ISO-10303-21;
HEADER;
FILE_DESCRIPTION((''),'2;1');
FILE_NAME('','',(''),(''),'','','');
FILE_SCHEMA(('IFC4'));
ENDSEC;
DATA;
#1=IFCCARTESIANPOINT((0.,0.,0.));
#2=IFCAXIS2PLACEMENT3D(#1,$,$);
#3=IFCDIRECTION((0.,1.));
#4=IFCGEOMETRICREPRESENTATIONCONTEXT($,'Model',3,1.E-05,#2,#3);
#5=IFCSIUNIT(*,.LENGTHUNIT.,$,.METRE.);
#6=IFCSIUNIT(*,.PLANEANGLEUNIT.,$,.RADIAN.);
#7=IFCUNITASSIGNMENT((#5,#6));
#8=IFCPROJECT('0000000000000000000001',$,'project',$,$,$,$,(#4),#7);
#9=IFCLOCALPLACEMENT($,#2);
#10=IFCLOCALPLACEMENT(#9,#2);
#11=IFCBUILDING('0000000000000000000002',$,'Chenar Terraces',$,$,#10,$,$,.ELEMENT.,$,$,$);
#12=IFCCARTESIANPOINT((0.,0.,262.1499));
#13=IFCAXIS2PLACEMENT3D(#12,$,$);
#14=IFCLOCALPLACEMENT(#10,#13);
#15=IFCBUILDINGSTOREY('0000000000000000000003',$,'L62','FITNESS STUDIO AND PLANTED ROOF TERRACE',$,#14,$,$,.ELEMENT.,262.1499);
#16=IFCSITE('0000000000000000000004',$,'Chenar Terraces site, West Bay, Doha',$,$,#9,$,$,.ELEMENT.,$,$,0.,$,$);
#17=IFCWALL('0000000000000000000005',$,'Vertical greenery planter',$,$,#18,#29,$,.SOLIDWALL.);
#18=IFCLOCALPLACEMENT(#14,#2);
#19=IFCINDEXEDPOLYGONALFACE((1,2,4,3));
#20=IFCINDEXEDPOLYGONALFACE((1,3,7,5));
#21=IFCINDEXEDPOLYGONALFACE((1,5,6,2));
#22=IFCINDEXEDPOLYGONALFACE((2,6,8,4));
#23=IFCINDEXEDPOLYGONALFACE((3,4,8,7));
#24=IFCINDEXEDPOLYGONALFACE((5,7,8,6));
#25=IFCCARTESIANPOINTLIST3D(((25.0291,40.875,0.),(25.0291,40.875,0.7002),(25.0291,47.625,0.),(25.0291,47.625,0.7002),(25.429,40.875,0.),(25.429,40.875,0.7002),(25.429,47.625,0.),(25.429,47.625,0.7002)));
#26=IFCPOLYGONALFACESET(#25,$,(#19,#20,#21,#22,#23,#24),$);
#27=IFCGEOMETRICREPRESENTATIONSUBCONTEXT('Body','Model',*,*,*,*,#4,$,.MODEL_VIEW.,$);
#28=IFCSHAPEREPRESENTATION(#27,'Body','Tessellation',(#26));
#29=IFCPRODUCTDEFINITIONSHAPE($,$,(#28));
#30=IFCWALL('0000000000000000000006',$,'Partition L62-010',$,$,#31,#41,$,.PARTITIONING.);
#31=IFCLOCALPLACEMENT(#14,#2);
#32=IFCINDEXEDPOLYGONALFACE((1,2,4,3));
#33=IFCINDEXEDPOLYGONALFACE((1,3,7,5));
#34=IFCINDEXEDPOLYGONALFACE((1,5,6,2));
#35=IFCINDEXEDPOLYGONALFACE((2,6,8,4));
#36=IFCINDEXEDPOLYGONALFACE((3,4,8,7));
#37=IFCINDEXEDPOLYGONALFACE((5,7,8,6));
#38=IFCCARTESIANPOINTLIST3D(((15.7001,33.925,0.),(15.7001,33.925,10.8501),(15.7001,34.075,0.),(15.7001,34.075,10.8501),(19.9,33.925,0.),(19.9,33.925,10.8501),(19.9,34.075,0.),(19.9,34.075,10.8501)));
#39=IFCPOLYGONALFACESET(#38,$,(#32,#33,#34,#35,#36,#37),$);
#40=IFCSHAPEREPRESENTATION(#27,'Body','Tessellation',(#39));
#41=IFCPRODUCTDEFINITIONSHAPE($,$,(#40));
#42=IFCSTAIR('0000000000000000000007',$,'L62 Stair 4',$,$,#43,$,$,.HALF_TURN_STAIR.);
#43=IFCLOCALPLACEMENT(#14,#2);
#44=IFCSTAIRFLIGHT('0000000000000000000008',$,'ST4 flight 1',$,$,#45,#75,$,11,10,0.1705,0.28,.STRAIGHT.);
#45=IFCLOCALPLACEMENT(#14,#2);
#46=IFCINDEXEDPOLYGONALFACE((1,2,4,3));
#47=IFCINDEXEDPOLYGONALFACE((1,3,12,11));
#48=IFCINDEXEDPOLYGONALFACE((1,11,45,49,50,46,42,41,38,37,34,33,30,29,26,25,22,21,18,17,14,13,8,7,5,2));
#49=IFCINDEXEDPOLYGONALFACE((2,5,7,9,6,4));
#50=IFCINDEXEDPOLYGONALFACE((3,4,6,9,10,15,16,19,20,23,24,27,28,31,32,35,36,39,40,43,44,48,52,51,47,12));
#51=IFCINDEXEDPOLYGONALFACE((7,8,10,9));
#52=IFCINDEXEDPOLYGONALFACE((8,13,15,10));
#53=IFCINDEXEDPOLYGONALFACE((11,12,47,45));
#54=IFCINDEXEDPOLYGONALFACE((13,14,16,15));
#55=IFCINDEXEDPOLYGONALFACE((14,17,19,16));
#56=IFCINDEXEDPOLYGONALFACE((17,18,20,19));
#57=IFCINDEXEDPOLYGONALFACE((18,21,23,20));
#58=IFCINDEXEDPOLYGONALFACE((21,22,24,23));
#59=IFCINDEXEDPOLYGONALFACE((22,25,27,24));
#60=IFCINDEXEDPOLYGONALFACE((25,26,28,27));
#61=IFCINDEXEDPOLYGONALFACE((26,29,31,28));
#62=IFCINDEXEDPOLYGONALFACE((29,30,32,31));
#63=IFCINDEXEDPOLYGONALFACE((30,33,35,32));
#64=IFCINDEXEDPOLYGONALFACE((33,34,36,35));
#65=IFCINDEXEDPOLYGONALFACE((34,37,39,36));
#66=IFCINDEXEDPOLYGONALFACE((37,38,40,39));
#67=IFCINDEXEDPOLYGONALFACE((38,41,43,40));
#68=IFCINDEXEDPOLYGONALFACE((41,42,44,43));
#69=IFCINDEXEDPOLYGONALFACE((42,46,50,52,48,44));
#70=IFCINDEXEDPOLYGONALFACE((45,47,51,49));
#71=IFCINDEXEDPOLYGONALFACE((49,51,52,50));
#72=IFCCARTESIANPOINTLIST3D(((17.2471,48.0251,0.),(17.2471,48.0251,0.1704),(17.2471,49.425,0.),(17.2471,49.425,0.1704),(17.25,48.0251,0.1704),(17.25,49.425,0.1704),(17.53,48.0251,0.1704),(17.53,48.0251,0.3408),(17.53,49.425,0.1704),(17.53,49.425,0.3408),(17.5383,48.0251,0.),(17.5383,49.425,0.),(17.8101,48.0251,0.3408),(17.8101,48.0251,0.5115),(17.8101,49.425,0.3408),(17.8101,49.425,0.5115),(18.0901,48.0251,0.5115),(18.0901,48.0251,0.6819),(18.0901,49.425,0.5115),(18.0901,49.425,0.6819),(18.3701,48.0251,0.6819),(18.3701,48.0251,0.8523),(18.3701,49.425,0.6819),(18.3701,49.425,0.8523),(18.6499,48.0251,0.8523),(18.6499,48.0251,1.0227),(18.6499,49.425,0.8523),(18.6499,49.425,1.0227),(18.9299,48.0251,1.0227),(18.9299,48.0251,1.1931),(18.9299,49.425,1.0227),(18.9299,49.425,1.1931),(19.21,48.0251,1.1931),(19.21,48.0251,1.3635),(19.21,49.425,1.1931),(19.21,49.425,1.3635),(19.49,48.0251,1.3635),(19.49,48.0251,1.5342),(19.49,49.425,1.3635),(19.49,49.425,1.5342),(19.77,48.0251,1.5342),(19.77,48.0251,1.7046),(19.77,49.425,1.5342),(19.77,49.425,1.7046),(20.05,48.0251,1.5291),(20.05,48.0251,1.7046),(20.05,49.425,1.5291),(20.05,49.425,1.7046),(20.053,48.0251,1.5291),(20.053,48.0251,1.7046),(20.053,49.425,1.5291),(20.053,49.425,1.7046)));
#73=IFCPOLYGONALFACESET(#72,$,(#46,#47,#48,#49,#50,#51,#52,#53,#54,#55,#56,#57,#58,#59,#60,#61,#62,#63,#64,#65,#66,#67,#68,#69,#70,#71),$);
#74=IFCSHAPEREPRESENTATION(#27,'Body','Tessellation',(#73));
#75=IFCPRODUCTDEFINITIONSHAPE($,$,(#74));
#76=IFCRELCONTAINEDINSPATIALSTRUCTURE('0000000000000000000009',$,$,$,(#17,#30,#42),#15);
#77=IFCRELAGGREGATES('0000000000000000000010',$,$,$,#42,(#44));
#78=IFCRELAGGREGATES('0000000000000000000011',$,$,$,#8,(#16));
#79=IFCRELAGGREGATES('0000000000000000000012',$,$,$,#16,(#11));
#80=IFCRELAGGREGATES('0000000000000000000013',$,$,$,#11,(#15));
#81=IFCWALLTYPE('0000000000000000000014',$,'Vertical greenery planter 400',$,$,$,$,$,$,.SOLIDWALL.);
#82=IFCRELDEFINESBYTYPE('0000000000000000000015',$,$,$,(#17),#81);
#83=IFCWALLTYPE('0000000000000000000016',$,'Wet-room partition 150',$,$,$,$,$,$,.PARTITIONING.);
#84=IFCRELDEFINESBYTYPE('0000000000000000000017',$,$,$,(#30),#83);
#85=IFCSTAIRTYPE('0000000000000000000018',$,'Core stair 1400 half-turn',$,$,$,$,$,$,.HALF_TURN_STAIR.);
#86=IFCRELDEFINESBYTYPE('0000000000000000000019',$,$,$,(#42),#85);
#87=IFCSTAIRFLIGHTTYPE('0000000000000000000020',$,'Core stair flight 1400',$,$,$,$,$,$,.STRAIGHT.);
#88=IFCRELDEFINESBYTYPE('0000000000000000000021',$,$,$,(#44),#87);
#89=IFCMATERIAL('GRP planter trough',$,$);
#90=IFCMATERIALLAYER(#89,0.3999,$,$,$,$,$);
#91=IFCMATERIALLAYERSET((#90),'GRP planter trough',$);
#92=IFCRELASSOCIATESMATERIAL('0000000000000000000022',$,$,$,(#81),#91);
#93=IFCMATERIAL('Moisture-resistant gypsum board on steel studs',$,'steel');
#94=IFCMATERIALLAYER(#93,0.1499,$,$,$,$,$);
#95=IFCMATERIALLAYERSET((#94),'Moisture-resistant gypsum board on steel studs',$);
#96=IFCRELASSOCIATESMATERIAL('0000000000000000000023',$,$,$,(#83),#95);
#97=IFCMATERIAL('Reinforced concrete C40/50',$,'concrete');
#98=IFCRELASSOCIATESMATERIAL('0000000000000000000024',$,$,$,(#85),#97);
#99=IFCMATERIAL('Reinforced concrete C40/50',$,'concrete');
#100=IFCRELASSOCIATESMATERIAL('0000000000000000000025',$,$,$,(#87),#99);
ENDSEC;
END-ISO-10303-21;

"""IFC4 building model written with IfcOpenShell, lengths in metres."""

from ifc_helpers import new_model, si_unit, direction, frame, frame_2d, origin, place, context, subcontext, project, spatial, polyline, rectangle, outline, extrude, material, layer, layer_set, type_object, element, aggregate, save


model = new_model("IFC4")

# Units and contexts
model_context = context("Model", 3, precision=1e-05, world=origin(), true_north=direction((0.0, 1.0)))
body_context = subcontext(model_context, "Body", "Model", "MODEL_VIEW")
ifc_project = project(units=[si_unit("LENGTHUNIT", "METRE"), si_unit("PLANEANGLEUNIT", "RADIAN")], contexts=[model_context])

# Site, building, storey
site_placement = place(None, origin())
site = spatial("IfcSite", under=ifc_project, at=site_placement, Name="Chenar Terraces site, West Bay, Doha", CompositionType="ELEMENT", RefElevation=0.0)
building_placement = place(site_placement, origin())
building = spatial("IfcBuilding", under=site, at=building_placement, Name="Chenar Terraces", CompositionType="ELEMENT")
storey_placement = place(building_placement, frame((0.0, 0.0, 262.1499)))
storey = spatial("IfcBuildingStorey", under=building, at=storey_placement, Name="L62", Description="FITNESS STUDIO AND PLANTED ROOF TERRACE", CompositionType="ELEMENT", Elevation=262.1499)

# Shared definitions
placement = place(storey_placement, origin())

# Walls
ifc_material_1 = material(Name="GRP planter trough")
ifc_layer_1 = layer(ifc_material_1, 0.3999)
ifc_layer_set_1 = layer_set([ifc_layer_1], Name="GRP planter trough")
wall_type_1 = type_object("IfcWallType", Name="Vertical greenery planter 400", PredefinedType="SOLIDWALL", material=ifc_layer_set_1)
wall_1_placement = place(storey_placement, frame((25.229, 40.875, 0.0), z_axis=(0.0, 0.0, 1.0), x_axis=(0.0, 1.0, 0.0)))
element("IfcWall", 1, at=wall_1_placement, inside=storey, type_object=wall_type_1, Name="Vertical greenery planter", PredefinedType="SOLIDWALL", context=body_context, shape_type="SweptSolid", body=[
    extrude(rectangle(XDim=6.75, YDim=0.3999, at=frame_2d((3.375, 0.0))), origin(), (0.0, 0.0, 1.0), 0.7002),
])
ifc_material_2 = material(Name="Moisture-resistant gypsum board on steel studs", Category="steel")
ifc_layer_2 = layer(ifc_material_2, 0.1499)
ifc_layer_set_2 = layer_set([ifc_layer_2], Name="Moisture-resistant gypsum board on steel studs")
wall_type_2 = type_object("IfcWallType", Name="Wet-room partition 150", PredefinedType="PARTITIONING", material=ifc_layer_set_2)
wall_2_placement = place(storey_placement, frame((15.7, 34.0, 0.0), z_axis=(0.0, 0.0, 1.0), x_axis=(1.0, 0.0, 0.0)))
element("IfcWall", 2, at=wall_2_placement, inside=storey, type_object=wall_type_2, Name="Partition L62-010", PredefinedType="PARTITIONING", context=body_context, shape_type="SweptSolid", body=[
    extrude(rectangle(XDim=4.2, YDim=0.1499, at=frame_2d((2.1001, 0.0))), origin(), (0.0, 0.0, 1.0), 10.8501),
])

# Stair, stair flight
ifc_material_3 = material(Name="Reinforced concrete C40/50", Category="concrete")
stair_type = type_object("IfcStairType", Name="Core stair 1400 half-turn", PredefinedType="HALF_TURN_STAIR", material=ifc_material_3)
stair = element("IfcStair", 3, at=placement, inside=storey, type_object=stair_type, Name="L62 Stair 4", PredefinedType="HALF_TURN_STAIR")
ifc_material_4 = material(Name="Reinforced concrete C40/50", Category="concrete")
stair_flight_type = type_object("IfcStairFlightType", Name="Core stair flight 1400", PredefinedType="STRAIGHT", material=ifc_material_4)
stair_flight_placement = place(storey_placement, frame((17.25, 48.7251, 0.0), z_axis=(0.0, 0.0, 1.0), x_axis=(1.0, 0.0, 0.0)))
stair_flight = element("IfcStairFlight", 4, at=stair_flight_placement, type_object=stair_flight_type, Name="ST4 flight 1", NumberOfRisers=11, NumberOfTreads=10, PredefinedType="STRAIGHT", RiserHeight=0.1705, TreadLength=0.28, context=body_context, shape_type="SweptSolid", body=[
    extrude(outline(polyline([(-0.0029, 0.0), (-0.0029, 0.1704), (0.0, 0.1704), (0.28, 0.1704), (0.28, 0.3408), (0.5601, 0.3408), (0.5601, 0.5115), (0.8401, 0.5115), (0.8401, 0.6819), (1.1201, 0.6819), (1.1201, 0.8523), (1.3999, 0.8523), (1.3999, 1.0227), (1.6799, 1.0227), (1.6799, 1.1931), (1.96, 1.1931), (1.96, 1.3635), (2.24, 1.3635), (2.24, 1.5342), (2.52, 1.5342), (2.52, 1.7046), (2.8, 1.7046), (2.803, 1.7046), (2.803, 1.5291), (2.8, 1.5291), (0.2883, 0.0), (-0.0029, 0.0)])), frame((0.0, 0.7, 0.0), z_axis=(0.0, -1.0, 0.0), x_axis=(1.0, 0.0, 0.0)), (0.0, 0.0, 1.0), 1.3999),
])
aggregate(stair, [stair_flight])

save(model, "model.ifc")
